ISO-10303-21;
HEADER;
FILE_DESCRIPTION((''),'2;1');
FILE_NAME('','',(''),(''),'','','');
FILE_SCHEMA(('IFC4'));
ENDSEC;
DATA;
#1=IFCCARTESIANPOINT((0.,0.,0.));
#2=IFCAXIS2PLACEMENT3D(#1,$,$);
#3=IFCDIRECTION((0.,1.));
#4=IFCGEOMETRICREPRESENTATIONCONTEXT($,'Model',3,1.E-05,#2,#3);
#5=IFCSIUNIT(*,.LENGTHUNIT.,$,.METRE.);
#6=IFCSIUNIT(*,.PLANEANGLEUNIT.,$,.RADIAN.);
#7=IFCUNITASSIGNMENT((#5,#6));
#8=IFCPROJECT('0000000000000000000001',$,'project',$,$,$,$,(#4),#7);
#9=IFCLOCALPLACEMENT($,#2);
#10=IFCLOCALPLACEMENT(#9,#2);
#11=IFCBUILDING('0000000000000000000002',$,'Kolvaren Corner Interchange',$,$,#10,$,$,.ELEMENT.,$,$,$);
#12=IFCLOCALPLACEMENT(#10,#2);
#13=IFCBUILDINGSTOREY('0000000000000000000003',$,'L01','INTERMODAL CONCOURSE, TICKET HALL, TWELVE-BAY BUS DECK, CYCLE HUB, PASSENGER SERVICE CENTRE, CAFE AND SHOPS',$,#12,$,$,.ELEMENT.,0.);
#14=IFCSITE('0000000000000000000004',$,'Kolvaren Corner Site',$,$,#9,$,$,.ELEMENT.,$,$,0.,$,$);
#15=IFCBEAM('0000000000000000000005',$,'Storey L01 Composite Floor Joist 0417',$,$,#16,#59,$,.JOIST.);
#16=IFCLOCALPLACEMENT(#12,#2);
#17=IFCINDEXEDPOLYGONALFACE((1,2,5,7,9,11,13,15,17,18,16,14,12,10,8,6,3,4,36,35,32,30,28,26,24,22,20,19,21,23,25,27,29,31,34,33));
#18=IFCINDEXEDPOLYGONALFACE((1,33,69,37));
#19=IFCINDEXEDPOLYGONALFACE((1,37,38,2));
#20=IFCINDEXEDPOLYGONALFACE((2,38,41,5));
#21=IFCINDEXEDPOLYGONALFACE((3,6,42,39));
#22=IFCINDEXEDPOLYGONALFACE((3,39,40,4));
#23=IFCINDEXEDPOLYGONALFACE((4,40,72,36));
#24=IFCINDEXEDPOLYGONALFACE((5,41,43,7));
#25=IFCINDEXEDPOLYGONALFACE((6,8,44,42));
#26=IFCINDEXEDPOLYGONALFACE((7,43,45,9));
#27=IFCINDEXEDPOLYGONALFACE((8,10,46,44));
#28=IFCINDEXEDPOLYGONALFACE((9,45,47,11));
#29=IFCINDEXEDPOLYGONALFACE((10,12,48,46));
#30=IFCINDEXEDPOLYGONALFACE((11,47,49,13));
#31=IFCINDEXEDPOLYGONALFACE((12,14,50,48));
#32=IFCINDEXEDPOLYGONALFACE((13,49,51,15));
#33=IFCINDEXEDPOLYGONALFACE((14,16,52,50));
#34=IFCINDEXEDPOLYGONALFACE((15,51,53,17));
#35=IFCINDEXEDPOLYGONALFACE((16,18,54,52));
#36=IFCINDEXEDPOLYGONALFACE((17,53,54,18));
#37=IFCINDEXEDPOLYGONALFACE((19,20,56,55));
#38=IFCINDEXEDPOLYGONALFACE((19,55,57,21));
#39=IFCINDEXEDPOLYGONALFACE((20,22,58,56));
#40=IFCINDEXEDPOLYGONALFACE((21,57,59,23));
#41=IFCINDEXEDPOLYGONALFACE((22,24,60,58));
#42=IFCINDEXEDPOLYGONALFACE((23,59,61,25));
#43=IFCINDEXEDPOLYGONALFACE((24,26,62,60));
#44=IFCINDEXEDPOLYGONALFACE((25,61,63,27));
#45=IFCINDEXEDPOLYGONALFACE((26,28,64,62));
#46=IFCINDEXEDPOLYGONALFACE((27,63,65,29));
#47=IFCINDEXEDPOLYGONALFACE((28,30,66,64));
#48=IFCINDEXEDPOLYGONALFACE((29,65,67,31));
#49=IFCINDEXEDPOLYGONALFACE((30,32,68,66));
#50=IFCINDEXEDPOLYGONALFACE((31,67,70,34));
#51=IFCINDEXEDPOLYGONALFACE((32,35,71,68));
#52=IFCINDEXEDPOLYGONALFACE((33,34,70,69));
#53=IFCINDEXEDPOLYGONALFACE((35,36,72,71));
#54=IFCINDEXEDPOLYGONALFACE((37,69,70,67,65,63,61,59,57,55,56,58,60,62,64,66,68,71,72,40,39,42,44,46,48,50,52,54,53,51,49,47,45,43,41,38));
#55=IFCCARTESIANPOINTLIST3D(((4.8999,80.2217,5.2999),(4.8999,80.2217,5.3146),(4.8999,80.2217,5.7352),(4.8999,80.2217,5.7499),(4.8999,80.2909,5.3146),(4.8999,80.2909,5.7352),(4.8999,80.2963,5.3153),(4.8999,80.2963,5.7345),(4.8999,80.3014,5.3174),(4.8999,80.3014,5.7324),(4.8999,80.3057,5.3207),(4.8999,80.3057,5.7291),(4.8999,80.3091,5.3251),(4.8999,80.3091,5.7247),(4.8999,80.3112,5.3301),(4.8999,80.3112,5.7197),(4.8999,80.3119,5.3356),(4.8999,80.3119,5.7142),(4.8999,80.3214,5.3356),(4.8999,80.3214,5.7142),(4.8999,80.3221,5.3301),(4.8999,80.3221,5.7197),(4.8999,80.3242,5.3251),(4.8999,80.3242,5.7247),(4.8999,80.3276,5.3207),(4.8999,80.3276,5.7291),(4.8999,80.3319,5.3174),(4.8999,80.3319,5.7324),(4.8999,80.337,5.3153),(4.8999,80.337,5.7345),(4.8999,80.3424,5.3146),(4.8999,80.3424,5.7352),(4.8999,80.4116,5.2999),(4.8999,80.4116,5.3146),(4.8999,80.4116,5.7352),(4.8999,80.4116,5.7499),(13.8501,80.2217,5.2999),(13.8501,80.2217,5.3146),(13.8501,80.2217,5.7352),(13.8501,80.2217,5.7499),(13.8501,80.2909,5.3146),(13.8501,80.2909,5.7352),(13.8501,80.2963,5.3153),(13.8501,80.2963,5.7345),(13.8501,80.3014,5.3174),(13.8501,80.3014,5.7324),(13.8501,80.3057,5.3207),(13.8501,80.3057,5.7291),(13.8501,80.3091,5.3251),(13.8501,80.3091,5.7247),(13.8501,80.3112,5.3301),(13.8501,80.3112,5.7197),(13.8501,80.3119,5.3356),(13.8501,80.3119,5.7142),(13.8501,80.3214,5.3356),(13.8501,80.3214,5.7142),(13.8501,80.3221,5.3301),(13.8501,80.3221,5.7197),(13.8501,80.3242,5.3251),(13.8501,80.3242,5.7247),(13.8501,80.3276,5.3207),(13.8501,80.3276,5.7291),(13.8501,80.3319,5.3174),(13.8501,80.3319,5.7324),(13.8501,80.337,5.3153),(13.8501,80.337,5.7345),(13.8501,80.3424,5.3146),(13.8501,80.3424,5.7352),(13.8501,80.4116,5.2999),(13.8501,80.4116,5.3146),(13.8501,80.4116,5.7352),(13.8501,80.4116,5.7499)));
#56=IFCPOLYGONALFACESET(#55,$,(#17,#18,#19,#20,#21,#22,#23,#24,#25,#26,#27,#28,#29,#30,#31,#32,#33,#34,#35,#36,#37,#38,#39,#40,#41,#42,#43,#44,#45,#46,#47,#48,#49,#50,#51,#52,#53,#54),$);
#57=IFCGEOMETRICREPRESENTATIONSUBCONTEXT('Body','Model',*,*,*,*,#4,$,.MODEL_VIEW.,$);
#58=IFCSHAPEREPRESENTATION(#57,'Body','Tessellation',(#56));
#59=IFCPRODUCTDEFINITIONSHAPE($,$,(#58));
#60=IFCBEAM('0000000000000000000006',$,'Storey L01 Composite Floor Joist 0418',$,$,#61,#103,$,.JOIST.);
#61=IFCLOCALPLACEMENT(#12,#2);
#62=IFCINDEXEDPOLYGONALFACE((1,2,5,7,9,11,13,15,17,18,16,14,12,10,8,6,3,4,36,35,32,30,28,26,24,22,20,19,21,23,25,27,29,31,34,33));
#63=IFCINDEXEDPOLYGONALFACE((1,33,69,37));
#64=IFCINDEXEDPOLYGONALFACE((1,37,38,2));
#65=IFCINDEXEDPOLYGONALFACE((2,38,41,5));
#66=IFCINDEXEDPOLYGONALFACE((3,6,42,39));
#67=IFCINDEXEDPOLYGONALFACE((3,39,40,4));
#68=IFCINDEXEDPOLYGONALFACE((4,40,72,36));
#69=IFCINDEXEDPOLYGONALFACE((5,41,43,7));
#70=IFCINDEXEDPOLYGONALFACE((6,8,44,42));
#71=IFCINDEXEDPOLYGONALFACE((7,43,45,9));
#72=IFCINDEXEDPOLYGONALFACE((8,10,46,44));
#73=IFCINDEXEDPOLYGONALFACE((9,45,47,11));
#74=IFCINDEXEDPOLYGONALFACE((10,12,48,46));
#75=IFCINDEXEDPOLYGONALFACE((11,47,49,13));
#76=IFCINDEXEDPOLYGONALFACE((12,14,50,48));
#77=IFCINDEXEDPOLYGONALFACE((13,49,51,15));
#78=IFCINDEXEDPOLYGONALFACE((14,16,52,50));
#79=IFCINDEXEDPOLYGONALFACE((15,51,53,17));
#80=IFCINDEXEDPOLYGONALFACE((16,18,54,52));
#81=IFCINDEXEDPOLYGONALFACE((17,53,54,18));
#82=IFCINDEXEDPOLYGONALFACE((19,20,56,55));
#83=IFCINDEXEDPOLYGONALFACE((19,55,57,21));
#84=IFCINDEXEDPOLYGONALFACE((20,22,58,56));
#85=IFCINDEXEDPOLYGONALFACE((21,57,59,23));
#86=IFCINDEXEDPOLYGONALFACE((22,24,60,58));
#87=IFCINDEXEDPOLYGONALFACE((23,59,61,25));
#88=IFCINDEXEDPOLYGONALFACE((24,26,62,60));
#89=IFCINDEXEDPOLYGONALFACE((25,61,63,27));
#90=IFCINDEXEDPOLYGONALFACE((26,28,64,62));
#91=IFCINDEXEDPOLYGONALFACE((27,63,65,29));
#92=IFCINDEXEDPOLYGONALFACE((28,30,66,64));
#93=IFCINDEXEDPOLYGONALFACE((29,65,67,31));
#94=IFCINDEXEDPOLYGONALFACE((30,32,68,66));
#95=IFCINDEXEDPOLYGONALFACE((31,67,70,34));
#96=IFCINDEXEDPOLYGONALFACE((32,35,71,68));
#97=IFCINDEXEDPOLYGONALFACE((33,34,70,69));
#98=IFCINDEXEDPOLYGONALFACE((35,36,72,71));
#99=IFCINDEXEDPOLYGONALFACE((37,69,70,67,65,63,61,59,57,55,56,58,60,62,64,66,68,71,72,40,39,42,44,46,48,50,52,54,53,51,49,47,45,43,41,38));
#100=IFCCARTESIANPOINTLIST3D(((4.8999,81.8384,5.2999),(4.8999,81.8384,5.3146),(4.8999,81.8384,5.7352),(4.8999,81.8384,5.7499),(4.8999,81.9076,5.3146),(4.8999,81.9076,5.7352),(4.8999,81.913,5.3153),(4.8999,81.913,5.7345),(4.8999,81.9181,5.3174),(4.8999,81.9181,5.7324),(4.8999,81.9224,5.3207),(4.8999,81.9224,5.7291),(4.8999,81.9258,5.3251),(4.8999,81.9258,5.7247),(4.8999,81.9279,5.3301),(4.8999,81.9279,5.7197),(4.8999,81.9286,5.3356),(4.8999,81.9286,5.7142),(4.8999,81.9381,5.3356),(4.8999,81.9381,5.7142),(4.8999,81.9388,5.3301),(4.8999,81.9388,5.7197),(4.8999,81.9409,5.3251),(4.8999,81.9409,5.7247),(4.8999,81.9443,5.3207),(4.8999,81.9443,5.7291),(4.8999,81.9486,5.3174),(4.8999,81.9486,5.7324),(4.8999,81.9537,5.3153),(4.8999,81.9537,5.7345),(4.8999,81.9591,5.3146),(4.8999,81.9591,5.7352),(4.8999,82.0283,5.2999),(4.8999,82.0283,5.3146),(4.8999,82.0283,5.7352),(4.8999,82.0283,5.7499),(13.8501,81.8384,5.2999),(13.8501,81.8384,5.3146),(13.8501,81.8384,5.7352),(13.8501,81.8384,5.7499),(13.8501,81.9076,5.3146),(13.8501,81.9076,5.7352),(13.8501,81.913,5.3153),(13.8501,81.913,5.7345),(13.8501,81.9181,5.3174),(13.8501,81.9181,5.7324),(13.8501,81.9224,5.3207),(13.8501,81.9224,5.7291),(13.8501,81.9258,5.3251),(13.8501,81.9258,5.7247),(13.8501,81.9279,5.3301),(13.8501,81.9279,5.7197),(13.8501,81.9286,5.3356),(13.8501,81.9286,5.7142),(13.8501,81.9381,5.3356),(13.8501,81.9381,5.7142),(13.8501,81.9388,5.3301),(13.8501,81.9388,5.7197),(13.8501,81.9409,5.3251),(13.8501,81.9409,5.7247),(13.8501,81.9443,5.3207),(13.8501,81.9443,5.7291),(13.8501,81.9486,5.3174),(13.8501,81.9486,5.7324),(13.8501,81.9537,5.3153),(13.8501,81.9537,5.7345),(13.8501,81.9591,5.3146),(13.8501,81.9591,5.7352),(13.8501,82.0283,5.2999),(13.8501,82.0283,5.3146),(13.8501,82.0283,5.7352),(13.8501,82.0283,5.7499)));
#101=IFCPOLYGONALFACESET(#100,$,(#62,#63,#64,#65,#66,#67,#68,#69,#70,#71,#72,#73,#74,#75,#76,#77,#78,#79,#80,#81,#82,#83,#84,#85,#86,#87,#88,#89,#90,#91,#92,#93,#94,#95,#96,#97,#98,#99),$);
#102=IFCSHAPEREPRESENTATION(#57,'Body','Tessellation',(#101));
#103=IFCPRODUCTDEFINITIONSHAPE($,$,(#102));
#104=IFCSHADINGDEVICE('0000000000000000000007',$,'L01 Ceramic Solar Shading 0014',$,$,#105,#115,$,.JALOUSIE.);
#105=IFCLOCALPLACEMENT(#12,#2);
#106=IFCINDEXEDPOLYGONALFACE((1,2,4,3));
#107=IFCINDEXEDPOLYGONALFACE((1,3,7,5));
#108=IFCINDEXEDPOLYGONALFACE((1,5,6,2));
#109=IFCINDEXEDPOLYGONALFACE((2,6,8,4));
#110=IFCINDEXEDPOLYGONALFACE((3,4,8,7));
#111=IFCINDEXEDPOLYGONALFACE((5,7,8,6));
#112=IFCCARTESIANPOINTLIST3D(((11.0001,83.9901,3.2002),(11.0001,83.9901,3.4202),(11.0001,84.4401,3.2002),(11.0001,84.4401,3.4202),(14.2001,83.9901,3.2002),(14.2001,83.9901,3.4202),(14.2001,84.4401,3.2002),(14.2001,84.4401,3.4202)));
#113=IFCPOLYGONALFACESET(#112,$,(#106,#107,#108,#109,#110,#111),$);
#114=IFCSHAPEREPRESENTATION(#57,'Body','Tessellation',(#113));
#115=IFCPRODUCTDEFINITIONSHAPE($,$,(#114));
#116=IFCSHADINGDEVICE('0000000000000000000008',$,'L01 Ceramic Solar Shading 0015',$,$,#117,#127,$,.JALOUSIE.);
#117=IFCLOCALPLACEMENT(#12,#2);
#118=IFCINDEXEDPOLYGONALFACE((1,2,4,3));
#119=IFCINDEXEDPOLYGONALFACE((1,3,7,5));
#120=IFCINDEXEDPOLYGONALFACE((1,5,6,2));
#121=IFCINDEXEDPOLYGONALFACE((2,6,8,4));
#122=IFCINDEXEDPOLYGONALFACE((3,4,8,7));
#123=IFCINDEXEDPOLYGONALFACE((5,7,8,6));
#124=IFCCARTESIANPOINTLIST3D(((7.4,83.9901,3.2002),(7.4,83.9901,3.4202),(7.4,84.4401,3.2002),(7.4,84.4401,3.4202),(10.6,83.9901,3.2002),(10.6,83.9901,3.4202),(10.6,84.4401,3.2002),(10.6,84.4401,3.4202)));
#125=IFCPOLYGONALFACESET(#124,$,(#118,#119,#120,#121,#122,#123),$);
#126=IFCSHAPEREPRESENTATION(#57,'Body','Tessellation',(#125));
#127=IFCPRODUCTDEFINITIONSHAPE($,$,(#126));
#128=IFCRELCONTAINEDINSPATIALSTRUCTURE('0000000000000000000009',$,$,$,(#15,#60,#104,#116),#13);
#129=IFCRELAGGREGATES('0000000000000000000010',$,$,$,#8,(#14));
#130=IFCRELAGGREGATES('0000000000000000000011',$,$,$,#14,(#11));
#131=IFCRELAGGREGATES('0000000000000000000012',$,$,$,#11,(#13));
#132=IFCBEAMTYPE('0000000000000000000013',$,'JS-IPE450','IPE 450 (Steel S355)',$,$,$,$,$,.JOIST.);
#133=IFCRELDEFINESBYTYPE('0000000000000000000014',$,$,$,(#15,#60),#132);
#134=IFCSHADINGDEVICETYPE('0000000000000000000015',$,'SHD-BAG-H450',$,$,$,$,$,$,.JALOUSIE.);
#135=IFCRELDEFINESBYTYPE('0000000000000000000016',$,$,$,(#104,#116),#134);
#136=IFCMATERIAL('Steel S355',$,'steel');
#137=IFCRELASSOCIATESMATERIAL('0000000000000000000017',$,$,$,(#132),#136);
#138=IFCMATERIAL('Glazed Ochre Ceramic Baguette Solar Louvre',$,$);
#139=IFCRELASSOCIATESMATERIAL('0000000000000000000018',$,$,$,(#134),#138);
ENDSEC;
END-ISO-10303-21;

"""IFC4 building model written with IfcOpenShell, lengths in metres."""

from ifc_helpers import new_model, si_unit, direction, frame, origin, origin_2d, place, context, subcontext, project, spatial, rectangle, i_section, extrude, material, material_profile, profile_set, type_object, element, save


model = new_model("IFC4")

# Units and contexts
model_context = context("Model", 3, precision=1e-05, world=origin(), true_north=direction((0.0, 1.0)))
body_context = subcontext(model_context, "Body", "Model", "MODEL_VIEW")
ifc_project = project(units=[si_unit("LENGTHUNIT", "METRE"), si_unit("PLANEANGLEUNIT", "RADIAN")], contexts=[model_context])

# Site, building, storey
site_placement = place(None, origin())
site = spatial("IfcSite", under=ifc_project, at=site_placement, Name="Kolvaren Corner Site", CompositionType="ELEMENT", RefElevation=0.0)
building_placement = place(site_placement, origin())
building = spatial("IfcBuilding", under=site, at=building_placement, Name="Kolvaren Corner Interchange", CompositionType="ELEMENT")
storey_placement = place(building_placement, origin())
storey = spatial("IfcBuildingStorey", under=building, at=storey_placement, Name="L01", Description="INTERMODAL CONCOURSE, TICKET HALL, TWELVE-BAY BUS DECK, CYCLE HUB, PASSENGER SERVICE CENTRE, CAFE AND SHOPS", CompositionType="ELEMENT", Elevation=0.0)

# Beams
ifc_material_1 = material(Name="Steel S355", Category="steel")
ifc_material_profile_1 = material_profile(ifc_material_1, i_section(OverallWidth=0.1899, OverallDepth=0.45, WebThickness=0.0095, FlangeThickness=0.0146, FilletRadius=0.021, at=origin_2d()), Name="IPE 450")
ifc_profile_set_1 = profile_set([ifc_material_profile_1], Name="Steel S355")
beam_type_1 = type_object("IfcBeamType", Name="JS-IPE450", Description="IPE 450 (Steel S355)", PredefinedType="JOIST", material=ifc_profile_set_1)
for number, where, z_axis, x_axis, name in (
    (1, (4.8999, 80.3167, 5.5249), (1.0, 0.0, 0.0), (0.0, 1.0, 0.0), "Storey L01 Composite Floor Joist 0417"),
    (2, (4.8999, 81.9333, 5.5249), (1.0, 0.0, 0.0), (0.0, 1.0, 0.0), "Storey L01 Composite Floor Joist 0418"),
):
    element("IfcBeam", number, at=place(storey_placement, frame(where, z_axis=z_axis, x_axis=x_axis)), inside=storey, type_object=beam_type_1, Name=name, PredefinedType="JOIST", context=body_context, shape_type="SweptSolid", body=[
        extrude(i_section(OverallWidth=0.1899, OverallDepth=0.45, WebThickness=0.0095, FlangeThickness=0.0146, FilletRadius=0.021, at=origin_2d()), origin(), (0.0, 0.0, 1.0), 8.9502),
    ])

# Shading devices
ifc_material_2 = material(Name="Glazed Ochre Ceramic Baguette Solar Louvre")
shading_device_type = type_object("IfcShadingDeviceType", Name="SHD-BAG-H450", PredefinedType="JALOUSIE", material=ifc_material_2)
for number, where, z_axis, x_axis, name in (
    (3, (12.6001, 84.2151, 3.2002), (0.0, 0.0, 1.0), (-1.0, 0.0, 0.0), "L01 Ceramic Solar Shading 0014"),
    (4, (9.0, 84.2151, 3.2002), (0.0, 0.0, 1.0), (-1.0, 0.0, 0.0), "L01 Ceramic Solar Shading 0015"),
):
    element("IfcShadingDevice", number, at=place(storey_placement, frame(where, z_axis=z_axis, x_axis=x_axis)), inside=storey, type_object=shading_device_type, Name=name, PredefinedType="JALOUSIE", context=body_context, shape_type="SweptSolid", body=[
        extrude(rectangle(XDim=3.2, YDim=0.45, at=origin_2d()), origin(), (0.0, 0.0, 1.0), 0.22),
    ])

save(model, "model.ifc")
